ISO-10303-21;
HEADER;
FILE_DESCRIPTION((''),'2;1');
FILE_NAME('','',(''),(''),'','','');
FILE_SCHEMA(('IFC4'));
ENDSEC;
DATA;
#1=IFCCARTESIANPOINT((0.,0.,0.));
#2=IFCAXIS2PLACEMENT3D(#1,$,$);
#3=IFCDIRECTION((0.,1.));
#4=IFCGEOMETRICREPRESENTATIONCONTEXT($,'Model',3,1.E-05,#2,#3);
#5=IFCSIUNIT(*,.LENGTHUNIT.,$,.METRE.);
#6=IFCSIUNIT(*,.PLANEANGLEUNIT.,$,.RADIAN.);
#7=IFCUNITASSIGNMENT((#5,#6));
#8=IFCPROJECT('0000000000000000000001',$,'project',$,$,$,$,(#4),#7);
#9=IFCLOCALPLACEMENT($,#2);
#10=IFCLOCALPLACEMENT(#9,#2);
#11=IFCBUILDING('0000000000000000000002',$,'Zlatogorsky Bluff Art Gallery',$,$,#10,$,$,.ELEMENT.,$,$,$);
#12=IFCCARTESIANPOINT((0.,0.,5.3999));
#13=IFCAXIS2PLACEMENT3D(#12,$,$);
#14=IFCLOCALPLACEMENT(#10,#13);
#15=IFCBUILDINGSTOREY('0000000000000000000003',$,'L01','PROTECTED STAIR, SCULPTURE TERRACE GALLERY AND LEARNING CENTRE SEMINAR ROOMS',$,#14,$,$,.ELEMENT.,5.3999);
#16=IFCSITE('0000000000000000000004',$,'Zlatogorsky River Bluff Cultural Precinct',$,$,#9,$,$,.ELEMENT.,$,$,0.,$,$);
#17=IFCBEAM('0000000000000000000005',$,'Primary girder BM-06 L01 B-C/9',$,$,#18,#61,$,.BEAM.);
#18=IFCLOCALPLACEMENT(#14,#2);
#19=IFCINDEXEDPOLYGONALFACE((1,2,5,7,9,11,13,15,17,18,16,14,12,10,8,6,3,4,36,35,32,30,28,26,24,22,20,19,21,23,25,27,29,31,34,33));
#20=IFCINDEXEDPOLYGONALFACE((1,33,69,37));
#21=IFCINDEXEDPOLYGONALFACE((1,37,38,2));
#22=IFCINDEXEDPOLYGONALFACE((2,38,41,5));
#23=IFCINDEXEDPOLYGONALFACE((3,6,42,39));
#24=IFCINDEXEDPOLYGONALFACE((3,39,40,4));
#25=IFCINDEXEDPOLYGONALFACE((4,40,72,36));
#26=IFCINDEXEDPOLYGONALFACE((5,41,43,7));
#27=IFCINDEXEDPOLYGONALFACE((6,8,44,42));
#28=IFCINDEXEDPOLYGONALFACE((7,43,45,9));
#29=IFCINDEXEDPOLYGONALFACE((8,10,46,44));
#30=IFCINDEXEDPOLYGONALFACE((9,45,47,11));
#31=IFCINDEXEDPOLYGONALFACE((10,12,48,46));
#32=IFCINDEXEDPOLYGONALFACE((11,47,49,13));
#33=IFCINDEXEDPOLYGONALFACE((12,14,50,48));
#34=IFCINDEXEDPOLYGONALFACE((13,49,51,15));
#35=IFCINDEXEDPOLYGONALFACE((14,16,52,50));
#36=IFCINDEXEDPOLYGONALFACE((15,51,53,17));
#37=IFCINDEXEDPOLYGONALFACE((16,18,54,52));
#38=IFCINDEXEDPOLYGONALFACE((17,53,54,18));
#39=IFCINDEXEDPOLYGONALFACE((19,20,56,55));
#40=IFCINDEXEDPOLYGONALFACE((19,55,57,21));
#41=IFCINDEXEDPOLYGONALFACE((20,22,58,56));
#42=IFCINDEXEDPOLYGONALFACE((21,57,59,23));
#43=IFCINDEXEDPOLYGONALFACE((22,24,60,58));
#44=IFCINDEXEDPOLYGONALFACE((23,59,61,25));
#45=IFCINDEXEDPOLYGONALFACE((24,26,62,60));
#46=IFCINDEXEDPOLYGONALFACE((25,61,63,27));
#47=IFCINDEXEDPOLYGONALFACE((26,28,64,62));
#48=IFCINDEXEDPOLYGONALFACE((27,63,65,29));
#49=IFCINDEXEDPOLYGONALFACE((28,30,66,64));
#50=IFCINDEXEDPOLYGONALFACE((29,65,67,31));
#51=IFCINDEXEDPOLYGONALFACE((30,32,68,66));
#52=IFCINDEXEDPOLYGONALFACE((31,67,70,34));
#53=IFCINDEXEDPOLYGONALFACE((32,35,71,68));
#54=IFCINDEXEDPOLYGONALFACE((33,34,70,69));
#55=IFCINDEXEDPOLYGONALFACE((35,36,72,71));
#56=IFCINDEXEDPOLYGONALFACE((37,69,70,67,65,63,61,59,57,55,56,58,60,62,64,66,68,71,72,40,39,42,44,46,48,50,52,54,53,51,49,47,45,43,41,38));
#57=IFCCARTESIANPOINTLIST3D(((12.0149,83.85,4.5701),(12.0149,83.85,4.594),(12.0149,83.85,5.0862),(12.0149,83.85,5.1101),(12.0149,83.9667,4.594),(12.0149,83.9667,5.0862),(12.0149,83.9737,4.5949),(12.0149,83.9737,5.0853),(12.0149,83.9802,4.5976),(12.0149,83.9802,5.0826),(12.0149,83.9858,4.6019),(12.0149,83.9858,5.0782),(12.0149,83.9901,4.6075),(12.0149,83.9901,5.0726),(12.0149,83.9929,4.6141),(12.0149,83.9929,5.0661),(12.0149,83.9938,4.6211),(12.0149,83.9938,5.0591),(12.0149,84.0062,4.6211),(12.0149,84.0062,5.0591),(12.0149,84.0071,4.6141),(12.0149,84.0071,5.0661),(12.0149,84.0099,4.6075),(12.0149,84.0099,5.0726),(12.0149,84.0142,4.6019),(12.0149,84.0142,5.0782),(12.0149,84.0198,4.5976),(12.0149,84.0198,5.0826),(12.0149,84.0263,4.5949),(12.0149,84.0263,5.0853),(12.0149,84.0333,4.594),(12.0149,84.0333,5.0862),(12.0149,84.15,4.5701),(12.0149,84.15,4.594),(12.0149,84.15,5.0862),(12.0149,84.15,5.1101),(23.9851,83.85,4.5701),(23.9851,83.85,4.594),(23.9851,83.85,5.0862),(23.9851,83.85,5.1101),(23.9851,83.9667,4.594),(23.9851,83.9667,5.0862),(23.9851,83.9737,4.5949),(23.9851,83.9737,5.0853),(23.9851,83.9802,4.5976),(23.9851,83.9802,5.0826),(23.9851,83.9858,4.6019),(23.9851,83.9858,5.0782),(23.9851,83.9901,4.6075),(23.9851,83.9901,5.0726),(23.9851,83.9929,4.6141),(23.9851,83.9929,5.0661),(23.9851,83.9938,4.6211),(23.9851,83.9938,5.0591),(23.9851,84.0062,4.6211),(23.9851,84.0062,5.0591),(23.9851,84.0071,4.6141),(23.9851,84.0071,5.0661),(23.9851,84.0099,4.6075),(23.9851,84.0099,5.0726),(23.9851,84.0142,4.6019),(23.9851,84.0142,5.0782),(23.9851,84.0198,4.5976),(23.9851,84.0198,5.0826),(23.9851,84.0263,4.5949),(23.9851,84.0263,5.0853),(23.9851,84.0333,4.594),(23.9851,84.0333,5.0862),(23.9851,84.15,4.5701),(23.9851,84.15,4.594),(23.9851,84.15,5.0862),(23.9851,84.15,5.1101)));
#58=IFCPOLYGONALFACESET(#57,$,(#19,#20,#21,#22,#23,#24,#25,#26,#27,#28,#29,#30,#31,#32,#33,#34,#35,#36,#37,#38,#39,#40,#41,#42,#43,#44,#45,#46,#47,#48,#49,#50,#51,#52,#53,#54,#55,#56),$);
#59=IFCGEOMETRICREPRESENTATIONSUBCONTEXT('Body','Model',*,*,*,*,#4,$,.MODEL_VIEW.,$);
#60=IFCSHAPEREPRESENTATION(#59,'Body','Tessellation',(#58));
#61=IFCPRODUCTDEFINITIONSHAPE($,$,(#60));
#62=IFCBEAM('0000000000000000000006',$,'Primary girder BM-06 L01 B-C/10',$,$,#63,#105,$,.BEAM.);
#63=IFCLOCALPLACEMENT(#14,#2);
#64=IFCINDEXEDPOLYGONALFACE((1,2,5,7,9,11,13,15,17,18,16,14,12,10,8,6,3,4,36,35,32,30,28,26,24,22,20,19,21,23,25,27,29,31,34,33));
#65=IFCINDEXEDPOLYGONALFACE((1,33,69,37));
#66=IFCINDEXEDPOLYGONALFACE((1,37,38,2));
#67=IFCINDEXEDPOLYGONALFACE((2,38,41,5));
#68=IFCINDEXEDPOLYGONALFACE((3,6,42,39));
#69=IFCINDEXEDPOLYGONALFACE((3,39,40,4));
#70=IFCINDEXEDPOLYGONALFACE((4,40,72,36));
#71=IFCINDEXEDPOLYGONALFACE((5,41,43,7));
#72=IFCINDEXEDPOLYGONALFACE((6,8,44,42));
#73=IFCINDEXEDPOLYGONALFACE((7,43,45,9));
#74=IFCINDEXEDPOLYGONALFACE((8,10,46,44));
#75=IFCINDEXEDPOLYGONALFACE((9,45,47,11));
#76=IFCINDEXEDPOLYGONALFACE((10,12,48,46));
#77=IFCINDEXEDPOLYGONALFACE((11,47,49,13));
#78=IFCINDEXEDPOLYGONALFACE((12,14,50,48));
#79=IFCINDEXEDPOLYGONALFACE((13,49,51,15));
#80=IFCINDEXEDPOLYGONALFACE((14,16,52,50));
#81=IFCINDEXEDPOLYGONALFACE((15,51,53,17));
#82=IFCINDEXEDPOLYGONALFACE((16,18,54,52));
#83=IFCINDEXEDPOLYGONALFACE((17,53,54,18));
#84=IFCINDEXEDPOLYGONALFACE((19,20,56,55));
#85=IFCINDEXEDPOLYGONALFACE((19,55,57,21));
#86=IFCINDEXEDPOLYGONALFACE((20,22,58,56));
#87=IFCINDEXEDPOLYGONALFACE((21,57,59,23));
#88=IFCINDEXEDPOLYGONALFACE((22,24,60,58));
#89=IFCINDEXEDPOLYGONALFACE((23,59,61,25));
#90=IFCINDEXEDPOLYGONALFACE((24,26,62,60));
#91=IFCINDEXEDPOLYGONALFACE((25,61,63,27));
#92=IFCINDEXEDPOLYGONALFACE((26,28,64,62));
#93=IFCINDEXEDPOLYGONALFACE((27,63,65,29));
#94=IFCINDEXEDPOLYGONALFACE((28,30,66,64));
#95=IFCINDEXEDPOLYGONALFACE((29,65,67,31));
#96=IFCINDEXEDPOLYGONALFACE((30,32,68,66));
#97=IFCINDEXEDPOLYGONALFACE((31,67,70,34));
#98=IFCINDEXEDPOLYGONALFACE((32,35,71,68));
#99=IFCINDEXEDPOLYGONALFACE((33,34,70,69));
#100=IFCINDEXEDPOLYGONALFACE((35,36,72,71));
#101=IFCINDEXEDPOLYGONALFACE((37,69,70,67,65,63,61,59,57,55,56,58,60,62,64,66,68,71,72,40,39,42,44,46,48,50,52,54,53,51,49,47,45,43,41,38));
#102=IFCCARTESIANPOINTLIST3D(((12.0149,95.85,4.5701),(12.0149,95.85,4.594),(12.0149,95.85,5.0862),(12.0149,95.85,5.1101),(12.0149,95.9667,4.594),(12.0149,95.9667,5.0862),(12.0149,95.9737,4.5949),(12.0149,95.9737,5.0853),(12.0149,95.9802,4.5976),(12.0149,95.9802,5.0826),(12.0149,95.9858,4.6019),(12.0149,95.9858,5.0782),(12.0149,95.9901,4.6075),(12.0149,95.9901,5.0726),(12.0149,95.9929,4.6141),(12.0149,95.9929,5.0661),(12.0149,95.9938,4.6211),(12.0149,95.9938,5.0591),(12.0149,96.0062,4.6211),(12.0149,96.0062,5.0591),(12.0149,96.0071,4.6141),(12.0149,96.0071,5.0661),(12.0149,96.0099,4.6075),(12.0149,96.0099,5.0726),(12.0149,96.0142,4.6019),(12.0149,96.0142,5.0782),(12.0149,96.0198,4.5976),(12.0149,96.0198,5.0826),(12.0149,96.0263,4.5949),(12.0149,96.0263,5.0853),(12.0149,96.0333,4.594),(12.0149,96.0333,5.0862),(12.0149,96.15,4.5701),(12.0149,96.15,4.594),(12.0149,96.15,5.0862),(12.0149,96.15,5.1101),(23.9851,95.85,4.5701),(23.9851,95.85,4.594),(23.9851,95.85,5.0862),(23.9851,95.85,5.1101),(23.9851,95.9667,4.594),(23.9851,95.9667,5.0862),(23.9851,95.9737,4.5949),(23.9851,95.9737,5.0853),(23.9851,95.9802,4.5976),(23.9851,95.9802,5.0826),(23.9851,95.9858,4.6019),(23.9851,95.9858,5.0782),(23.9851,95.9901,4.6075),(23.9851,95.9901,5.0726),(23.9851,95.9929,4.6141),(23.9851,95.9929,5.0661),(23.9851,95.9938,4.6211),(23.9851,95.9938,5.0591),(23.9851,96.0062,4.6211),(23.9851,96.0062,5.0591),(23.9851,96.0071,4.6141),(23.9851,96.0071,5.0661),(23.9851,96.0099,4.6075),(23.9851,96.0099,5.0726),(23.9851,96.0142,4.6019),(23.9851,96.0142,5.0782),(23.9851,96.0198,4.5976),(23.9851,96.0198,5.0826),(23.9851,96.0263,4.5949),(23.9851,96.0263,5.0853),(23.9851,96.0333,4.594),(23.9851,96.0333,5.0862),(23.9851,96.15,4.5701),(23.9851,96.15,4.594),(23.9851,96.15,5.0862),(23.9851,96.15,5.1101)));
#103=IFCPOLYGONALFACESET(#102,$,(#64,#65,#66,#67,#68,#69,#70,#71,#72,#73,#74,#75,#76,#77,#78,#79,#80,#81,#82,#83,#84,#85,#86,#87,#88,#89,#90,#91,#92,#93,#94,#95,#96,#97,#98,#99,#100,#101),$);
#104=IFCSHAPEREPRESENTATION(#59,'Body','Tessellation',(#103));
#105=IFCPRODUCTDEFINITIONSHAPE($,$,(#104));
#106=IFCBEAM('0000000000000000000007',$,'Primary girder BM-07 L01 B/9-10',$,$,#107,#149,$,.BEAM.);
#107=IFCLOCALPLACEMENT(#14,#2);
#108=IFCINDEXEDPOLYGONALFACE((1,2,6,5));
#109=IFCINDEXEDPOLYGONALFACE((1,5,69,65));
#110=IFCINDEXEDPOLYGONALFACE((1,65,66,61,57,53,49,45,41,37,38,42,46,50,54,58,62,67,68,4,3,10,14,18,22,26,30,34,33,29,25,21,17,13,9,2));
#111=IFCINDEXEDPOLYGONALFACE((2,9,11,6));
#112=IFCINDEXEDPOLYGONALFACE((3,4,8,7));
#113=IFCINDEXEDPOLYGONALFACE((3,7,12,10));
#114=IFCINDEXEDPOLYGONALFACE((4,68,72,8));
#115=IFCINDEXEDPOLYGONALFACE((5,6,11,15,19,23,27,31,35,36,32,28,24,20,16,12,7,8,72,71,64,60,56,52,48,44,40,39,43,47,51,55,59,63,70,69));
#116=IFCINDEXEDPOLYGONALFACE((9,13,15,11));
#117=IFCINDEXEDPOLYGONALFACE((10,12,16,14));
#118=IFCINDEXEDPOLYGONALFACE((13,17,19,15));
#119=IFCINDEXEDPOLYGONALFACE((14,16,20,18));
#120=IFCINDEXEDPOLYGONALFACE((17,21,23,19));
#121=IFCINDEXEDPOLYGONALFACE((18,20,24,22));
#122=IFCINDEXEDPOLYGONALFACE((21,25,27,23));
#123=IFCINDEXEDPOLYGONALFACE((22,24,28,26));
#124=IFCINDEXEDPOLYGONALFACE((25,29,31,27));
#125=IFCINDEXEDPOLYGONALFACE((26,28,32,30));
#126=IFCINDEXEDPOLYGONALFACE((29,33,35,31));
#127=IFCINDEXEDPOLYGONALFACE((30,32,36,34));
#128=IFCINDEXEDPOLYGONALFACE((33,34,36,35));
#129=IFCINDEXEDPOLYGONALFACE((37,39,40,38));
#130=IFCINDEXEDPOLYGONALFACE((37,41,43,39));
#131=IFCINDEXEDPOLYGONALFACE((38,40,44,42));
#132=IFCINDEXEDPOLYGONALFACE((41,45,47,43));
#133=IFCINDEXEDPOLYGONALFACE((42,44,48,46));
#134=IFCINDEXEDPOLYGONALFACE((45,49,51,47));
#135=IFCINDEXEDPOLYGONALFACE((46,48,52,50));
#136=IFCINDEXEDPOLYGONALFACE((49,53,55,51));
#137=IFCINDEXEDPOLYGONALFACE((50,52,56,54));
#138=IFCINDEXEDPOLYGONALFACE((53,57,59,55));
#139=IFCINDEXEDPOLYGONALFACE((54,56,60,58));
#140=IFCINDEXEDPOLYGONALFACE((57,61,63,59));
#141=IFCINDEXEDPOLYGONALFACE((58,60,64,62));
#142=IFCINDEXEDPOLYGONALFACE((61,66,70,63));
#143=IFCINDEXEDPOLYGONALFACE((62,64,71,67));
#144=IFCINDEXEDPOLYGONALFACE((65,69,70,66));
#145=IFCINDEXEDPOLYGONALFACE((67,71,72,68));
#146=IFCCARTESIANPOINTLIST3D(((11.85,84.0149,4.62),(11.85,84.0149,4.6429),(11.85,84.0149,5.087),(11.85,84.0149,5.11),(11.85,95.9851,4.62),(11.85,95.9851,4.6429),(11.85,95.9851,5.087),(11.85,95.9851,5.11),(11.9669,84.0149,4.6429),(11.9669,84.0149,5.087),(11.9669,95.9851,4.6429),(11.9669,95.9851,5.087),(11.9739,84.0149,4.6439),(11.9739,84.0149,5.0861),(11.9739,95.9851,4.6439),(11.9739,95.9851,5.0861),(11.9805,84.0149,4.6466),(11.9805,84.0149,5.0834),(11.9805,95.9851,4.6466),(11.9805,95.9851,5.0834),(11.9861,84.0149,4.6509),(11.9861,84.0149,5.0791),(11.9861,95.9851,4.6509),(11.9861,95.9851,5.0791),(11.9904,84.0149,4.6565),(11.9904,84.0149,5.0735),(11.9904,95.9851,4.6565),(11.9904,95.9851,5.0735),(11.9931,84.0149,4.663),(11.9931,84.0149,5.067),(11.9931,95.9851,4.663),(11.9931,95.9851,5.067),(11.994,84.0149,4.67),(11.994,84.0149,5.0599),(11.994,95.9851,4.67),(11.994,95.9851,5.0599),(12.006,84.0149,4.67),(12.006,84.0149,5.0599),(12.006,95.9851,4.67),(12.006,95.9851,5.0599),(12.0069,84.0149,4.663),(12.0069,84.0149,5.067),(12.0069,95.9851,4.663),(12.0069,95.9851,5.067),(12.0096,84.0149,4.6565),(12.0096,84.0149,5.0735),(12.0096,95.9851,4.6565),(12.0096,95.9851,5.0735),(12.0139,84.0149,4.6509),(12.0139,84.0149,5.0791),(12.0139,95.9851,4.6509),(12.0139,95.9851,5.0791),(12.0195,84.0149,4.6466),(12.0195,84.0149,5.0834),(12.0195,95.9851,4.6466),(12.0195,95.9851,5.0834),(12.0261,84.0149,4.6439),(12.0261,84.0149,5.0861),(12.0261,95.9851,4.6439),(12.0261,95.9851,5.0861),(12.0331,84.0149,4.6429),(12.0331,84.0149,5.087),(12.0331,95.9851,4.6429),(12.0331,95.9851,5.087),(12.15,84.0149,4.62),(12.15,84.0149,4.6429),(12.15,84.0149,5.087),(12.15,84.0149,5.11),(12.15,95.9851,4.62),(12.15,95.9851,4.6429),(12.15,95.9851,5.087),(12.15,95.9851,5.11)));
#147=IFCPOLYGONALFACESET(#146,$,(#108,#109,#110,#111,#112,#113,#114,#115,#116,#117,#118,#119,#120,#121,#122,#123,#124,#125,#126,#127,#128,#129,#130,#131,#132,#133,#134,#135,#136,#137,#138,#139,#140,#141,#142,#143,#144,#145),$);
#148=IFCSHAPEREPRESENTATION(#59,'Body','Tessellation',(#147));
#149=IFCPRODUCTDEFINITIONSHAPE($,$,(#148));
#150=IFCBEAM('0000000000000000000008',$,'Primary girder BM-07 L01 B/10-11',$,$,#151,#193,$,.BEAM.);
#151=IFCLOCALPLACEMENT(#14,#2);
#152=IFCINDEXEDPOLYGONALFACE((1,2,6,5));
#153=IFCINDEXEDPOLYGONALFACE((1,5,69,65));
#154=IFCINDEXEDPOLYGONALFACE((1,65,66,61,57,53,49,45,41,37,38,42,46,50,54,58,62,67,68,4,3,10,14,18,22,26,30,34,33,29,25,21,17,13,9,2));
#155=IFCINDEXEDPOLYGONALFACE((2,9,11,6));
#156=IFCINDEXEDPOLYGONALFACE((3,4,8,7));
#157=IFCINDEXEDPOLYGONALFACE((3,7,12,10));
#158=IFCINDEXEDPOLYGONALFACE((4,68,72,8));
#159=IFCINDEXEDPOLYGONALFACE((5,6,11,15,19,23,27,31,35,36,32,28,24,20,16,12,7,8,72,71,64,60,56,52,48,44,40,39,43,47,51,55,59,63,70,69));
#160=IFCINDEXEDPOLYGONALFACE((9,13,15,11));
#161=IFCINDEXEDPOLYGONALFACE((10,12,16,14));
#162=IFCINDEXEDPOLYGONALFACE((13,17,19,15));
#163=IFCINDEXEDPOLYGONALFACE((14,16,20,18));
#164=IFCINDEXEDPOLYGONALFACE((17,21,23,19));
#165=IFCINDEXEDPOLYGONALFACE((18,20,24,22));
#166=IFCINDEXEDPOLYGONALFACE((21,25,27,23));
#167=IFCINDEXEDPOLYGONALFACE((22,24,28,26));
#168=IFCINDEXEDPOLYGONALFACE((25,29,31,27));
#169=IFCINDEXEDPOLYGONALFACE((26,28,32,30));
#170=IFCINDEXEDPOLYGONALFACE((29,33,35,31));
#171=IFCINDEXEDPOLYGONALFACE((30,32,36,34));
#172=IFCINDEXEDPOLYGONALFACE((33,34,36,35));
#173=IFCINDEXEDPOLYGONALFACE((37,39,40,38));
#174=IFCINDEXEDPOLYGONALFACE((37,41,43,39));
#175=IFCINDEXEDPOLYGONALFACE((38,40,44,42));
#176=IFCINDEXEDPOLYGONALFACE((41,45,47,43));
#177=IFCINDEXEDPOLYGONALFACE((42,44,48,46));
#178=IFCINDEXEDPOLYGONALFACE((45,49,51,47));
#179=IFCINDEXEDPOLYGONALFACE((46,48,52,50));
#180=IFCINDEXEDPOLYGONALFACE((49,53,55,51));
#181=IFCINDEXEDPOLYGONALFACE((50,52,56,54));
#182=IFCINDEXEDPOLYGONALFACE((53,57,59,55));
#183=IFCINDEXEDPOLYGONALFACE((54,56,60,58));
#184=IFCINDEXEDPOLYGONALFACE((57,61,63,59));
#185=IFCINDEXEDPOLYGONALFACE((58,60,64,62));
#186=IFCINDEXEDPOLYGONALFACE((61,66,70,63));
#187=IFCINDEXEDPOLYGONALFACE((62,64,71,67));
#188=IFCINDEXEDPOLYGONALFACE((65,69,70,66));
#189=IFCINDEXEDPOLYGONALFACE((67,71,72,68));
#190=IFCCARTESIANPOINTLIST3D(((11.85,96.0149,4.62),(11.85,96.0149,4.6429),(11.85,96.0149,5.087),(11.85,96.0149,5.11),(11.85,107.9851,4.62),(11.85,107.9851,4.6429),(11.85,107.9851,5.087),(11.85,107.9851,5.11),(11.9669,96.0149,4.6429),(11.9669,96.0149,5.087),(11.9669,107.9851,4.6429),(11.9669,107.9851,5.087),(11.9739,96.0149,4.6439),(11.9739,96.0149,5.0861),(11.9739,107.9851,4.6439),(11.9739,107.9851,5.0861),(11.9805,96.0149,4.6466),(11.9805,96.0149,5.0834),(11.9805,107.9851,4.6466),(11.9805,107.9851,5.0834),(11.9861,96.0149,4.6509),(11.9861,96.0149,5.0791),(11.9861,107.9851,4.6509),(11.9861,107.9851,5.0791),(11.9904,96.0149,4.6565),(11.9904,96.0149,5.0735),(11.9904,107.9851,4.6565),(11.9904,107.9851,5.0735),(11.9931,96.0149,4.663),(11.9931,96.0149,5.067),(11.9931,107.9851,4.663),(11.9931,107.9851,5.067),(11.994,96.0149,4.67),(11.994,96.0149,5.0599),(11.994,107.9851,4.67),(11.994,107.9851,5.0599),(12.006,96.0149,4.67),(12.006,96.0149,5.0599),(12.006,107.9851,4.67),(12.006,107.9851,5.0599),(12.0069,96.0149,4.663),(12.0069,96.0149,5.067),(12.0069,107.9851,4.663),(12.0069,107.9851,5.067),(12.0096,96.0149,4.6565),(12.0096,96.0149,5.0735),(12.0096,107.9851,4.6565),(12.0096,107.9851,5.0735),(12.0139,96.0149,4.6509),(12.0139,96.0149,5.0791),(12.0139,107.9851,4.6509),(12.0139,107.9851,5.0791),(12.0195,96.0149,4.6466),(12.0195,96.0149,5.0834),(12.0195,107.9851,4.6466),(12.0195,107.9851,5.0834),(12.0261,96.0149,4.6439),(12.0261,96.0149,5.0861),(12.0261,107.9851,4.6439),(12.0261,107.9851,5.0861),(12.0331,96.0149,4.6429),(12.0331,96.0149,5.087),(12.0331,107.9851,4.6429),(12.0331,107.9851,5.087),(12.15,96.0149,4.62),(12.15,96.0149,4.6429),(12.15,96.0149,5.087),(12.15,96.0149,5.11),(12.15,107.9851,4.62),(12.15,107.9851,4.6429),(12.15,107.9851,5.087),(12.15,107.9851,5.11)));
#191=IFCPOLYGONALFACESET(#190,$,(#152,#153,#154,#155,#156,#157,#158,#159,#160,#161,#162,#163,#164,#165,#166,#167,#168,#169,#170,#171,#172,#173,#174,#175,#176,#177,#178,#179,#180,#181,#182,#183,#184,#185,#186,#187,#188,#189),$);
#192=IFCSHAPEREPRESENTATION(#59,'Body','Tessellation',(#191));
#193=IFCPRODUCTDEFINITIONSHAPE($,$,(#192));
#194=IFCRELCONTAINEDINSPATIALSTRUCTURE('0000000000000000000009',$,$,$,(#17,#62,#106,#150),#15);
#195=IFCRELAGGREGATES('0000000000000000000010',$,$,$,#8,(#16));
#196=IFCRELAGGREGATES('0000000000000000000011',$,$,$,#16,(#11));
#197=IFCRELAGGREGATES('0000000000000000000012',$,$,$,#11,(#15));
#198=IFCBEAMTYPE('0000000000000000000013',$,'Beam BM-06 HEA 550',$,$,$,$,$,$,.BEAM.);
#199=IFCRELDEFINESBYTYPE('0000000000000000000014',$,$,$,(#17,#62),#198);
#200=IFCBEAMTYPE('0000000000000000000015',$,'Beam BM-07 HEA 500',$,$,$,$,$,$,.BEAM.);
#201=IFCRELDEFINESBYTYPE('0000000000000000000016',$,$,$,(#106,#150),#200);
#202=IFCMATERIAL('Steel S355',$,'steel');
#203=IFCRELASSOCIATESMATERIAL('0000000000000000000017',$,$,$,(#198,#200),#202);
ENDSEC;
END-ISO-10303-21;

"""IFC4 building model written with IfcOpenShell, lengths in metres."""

from ifc_helpers import new_model, si_unit, direction, frame, origin, origin_2d, place, context, subcontext, project, spatial, i_section, extrude, material, material_profile, profile_set, type_object, element, save


model = new_model("IFC4")

# Units and contexts
model_context = context("Model", 3, precision=1e-05, world=origin(), true_north=direction((0.0, 1.0)))
body_context = subcontext(model_context, "Body", "Model", "MODEL_VIEW")
ifc_project = project(units=[si_unit("LENGTHUNIT", "METRE"), si_unit("PLANEANGLEUNIT", "RADIAN")], contexts=[model_context])

# Site, building, storey
site_placement = place(None, origin())
site = spatial("IfcSite", under=ifc_project, at=site_placement, Name="Zlatogorsky River Bluff Cultural Precinct", CompositionType="ELEMENT", RefElevation=0.0)
building_placement = place(site_placement, origin())
building = spatial("IfcBuilding", under=site, at=building_placement, Name="Zlatogorsky Bluff Art Gallery", CompositionType="ELEMENT")
storey_placement = place(building_placement, frame((0.0, 0.0, 5.3999)))
storey = spatial("IfcBuildingStorey", under=building, at=storey_placement, Name="L01", Description="PROTECTED STAIR, SCULPTURE TERRACE GALLERY AND LEARNING CENTRE SEMINAR ROOMS", CompositionType="ELEMENT", Elevation=5.3999)

# Shared definitions
ifc_material_1 = material(Name="Steel S355", Category="steel")

# Beams
ifc_material_profile_1 = material_profile(ifc_material_1, i_section(OverallWidth=0.3, OverallDepth=0.54, WebThickness=0.0125, FlangeThickness=0.0239, FilletRadius=0.0271, at=origin_2d()), Name="HEA 550")
ifc_profile_set_1 = profile_set([ifc_material_profile_1], Name="Steel S355")
beam_type_1 = type_object("IfcBeamType", Name="Beam BM-06 HEA 550", PredefinedType="BEAM", material=ifc_profile_set_1)
for number, where, z_axis, x_axis, name in (
    (1, (12.0149, 84.0, 4.8401), (1.0, 0.0, 0.0), (0.0, 1.0, 0.0), "Primary girder BM-06 L01 B-C/9"),
    (2, (12.0149, 96.0, 4.8401), (1.0, 0.0, 0.0), (0.0, 1.0, 0.0), "Primary girder BM-06 L01 B-C/10"),
):
    element("IfcBeam", number, at=place(storey_placement, frame(where, z_axis=z_axis, x_axis=x_axis)), inside=storey, type_object=beam_type_1, Name=name, PredefinedType="BEAM", context=body_context, shape_type="SweptSolid", body=[
        extrude(i_section(OverallWidth=0.3, OverallDepth=0.54, WebThickness=0.0125, FlangeThickness=0.0239, FilletRadius=0.0271, at=origin_2d()), origin(), (0.0, 0.0, 1.0), 11.9702),
    ])
ifc_material_profile_2 = material_profile(ifc_material_1, i_section(OverallWidth=0.3, OverallDepth=0.49, WebThickness=0.012, FlangeThickness=0.0229, FilletRadius=0.0271, at=origin_2d()), Name="HEA 500")
ifc_profile_set_2 = profile_set([ifc_material_profile_2], Name="Steel S355")
beam_type_2 = type_object("IfcBeamType", Name="Beam BM-07 HEA 500", PredefinedType="BEAM", material=ifc_profile_set_2)
for number, where, z_axis, x_axis, name in (
    (3, (12.0, 84.0149, 4.865), (0.0, 1.0, 0.0), (-1.0, 0.0, 0.0), "Primary girder BM-07 L01 B/9-10"),
    (4, (12.0, 96.0149, 4.865), (0.0, 1.0, 0.0), (-1.0, 0.0, 0.0), "Primary girder BM-07 L01 B/10-11"),
):
    element("IfcBeam", number, at=place(storey_placement, frame(where, z_axis=z_axis, x_axis=x_axis)), inside=storey, type_object=beam_type_2, Name=name, PredefinedType="BEAM", context=body_context, shape_type="SweptSolid", body=[
        extrude(i_section(OverallWidth=0.3, OverallDepth=0.49, WebThickness=0.012, FlangeThickness=0.0229, FilletRadius=0.0271, at=origin_2d()), origin(), (0.0, 0.0, 1.0), 11.9702),
    ])

save(model, "model.ifc")
